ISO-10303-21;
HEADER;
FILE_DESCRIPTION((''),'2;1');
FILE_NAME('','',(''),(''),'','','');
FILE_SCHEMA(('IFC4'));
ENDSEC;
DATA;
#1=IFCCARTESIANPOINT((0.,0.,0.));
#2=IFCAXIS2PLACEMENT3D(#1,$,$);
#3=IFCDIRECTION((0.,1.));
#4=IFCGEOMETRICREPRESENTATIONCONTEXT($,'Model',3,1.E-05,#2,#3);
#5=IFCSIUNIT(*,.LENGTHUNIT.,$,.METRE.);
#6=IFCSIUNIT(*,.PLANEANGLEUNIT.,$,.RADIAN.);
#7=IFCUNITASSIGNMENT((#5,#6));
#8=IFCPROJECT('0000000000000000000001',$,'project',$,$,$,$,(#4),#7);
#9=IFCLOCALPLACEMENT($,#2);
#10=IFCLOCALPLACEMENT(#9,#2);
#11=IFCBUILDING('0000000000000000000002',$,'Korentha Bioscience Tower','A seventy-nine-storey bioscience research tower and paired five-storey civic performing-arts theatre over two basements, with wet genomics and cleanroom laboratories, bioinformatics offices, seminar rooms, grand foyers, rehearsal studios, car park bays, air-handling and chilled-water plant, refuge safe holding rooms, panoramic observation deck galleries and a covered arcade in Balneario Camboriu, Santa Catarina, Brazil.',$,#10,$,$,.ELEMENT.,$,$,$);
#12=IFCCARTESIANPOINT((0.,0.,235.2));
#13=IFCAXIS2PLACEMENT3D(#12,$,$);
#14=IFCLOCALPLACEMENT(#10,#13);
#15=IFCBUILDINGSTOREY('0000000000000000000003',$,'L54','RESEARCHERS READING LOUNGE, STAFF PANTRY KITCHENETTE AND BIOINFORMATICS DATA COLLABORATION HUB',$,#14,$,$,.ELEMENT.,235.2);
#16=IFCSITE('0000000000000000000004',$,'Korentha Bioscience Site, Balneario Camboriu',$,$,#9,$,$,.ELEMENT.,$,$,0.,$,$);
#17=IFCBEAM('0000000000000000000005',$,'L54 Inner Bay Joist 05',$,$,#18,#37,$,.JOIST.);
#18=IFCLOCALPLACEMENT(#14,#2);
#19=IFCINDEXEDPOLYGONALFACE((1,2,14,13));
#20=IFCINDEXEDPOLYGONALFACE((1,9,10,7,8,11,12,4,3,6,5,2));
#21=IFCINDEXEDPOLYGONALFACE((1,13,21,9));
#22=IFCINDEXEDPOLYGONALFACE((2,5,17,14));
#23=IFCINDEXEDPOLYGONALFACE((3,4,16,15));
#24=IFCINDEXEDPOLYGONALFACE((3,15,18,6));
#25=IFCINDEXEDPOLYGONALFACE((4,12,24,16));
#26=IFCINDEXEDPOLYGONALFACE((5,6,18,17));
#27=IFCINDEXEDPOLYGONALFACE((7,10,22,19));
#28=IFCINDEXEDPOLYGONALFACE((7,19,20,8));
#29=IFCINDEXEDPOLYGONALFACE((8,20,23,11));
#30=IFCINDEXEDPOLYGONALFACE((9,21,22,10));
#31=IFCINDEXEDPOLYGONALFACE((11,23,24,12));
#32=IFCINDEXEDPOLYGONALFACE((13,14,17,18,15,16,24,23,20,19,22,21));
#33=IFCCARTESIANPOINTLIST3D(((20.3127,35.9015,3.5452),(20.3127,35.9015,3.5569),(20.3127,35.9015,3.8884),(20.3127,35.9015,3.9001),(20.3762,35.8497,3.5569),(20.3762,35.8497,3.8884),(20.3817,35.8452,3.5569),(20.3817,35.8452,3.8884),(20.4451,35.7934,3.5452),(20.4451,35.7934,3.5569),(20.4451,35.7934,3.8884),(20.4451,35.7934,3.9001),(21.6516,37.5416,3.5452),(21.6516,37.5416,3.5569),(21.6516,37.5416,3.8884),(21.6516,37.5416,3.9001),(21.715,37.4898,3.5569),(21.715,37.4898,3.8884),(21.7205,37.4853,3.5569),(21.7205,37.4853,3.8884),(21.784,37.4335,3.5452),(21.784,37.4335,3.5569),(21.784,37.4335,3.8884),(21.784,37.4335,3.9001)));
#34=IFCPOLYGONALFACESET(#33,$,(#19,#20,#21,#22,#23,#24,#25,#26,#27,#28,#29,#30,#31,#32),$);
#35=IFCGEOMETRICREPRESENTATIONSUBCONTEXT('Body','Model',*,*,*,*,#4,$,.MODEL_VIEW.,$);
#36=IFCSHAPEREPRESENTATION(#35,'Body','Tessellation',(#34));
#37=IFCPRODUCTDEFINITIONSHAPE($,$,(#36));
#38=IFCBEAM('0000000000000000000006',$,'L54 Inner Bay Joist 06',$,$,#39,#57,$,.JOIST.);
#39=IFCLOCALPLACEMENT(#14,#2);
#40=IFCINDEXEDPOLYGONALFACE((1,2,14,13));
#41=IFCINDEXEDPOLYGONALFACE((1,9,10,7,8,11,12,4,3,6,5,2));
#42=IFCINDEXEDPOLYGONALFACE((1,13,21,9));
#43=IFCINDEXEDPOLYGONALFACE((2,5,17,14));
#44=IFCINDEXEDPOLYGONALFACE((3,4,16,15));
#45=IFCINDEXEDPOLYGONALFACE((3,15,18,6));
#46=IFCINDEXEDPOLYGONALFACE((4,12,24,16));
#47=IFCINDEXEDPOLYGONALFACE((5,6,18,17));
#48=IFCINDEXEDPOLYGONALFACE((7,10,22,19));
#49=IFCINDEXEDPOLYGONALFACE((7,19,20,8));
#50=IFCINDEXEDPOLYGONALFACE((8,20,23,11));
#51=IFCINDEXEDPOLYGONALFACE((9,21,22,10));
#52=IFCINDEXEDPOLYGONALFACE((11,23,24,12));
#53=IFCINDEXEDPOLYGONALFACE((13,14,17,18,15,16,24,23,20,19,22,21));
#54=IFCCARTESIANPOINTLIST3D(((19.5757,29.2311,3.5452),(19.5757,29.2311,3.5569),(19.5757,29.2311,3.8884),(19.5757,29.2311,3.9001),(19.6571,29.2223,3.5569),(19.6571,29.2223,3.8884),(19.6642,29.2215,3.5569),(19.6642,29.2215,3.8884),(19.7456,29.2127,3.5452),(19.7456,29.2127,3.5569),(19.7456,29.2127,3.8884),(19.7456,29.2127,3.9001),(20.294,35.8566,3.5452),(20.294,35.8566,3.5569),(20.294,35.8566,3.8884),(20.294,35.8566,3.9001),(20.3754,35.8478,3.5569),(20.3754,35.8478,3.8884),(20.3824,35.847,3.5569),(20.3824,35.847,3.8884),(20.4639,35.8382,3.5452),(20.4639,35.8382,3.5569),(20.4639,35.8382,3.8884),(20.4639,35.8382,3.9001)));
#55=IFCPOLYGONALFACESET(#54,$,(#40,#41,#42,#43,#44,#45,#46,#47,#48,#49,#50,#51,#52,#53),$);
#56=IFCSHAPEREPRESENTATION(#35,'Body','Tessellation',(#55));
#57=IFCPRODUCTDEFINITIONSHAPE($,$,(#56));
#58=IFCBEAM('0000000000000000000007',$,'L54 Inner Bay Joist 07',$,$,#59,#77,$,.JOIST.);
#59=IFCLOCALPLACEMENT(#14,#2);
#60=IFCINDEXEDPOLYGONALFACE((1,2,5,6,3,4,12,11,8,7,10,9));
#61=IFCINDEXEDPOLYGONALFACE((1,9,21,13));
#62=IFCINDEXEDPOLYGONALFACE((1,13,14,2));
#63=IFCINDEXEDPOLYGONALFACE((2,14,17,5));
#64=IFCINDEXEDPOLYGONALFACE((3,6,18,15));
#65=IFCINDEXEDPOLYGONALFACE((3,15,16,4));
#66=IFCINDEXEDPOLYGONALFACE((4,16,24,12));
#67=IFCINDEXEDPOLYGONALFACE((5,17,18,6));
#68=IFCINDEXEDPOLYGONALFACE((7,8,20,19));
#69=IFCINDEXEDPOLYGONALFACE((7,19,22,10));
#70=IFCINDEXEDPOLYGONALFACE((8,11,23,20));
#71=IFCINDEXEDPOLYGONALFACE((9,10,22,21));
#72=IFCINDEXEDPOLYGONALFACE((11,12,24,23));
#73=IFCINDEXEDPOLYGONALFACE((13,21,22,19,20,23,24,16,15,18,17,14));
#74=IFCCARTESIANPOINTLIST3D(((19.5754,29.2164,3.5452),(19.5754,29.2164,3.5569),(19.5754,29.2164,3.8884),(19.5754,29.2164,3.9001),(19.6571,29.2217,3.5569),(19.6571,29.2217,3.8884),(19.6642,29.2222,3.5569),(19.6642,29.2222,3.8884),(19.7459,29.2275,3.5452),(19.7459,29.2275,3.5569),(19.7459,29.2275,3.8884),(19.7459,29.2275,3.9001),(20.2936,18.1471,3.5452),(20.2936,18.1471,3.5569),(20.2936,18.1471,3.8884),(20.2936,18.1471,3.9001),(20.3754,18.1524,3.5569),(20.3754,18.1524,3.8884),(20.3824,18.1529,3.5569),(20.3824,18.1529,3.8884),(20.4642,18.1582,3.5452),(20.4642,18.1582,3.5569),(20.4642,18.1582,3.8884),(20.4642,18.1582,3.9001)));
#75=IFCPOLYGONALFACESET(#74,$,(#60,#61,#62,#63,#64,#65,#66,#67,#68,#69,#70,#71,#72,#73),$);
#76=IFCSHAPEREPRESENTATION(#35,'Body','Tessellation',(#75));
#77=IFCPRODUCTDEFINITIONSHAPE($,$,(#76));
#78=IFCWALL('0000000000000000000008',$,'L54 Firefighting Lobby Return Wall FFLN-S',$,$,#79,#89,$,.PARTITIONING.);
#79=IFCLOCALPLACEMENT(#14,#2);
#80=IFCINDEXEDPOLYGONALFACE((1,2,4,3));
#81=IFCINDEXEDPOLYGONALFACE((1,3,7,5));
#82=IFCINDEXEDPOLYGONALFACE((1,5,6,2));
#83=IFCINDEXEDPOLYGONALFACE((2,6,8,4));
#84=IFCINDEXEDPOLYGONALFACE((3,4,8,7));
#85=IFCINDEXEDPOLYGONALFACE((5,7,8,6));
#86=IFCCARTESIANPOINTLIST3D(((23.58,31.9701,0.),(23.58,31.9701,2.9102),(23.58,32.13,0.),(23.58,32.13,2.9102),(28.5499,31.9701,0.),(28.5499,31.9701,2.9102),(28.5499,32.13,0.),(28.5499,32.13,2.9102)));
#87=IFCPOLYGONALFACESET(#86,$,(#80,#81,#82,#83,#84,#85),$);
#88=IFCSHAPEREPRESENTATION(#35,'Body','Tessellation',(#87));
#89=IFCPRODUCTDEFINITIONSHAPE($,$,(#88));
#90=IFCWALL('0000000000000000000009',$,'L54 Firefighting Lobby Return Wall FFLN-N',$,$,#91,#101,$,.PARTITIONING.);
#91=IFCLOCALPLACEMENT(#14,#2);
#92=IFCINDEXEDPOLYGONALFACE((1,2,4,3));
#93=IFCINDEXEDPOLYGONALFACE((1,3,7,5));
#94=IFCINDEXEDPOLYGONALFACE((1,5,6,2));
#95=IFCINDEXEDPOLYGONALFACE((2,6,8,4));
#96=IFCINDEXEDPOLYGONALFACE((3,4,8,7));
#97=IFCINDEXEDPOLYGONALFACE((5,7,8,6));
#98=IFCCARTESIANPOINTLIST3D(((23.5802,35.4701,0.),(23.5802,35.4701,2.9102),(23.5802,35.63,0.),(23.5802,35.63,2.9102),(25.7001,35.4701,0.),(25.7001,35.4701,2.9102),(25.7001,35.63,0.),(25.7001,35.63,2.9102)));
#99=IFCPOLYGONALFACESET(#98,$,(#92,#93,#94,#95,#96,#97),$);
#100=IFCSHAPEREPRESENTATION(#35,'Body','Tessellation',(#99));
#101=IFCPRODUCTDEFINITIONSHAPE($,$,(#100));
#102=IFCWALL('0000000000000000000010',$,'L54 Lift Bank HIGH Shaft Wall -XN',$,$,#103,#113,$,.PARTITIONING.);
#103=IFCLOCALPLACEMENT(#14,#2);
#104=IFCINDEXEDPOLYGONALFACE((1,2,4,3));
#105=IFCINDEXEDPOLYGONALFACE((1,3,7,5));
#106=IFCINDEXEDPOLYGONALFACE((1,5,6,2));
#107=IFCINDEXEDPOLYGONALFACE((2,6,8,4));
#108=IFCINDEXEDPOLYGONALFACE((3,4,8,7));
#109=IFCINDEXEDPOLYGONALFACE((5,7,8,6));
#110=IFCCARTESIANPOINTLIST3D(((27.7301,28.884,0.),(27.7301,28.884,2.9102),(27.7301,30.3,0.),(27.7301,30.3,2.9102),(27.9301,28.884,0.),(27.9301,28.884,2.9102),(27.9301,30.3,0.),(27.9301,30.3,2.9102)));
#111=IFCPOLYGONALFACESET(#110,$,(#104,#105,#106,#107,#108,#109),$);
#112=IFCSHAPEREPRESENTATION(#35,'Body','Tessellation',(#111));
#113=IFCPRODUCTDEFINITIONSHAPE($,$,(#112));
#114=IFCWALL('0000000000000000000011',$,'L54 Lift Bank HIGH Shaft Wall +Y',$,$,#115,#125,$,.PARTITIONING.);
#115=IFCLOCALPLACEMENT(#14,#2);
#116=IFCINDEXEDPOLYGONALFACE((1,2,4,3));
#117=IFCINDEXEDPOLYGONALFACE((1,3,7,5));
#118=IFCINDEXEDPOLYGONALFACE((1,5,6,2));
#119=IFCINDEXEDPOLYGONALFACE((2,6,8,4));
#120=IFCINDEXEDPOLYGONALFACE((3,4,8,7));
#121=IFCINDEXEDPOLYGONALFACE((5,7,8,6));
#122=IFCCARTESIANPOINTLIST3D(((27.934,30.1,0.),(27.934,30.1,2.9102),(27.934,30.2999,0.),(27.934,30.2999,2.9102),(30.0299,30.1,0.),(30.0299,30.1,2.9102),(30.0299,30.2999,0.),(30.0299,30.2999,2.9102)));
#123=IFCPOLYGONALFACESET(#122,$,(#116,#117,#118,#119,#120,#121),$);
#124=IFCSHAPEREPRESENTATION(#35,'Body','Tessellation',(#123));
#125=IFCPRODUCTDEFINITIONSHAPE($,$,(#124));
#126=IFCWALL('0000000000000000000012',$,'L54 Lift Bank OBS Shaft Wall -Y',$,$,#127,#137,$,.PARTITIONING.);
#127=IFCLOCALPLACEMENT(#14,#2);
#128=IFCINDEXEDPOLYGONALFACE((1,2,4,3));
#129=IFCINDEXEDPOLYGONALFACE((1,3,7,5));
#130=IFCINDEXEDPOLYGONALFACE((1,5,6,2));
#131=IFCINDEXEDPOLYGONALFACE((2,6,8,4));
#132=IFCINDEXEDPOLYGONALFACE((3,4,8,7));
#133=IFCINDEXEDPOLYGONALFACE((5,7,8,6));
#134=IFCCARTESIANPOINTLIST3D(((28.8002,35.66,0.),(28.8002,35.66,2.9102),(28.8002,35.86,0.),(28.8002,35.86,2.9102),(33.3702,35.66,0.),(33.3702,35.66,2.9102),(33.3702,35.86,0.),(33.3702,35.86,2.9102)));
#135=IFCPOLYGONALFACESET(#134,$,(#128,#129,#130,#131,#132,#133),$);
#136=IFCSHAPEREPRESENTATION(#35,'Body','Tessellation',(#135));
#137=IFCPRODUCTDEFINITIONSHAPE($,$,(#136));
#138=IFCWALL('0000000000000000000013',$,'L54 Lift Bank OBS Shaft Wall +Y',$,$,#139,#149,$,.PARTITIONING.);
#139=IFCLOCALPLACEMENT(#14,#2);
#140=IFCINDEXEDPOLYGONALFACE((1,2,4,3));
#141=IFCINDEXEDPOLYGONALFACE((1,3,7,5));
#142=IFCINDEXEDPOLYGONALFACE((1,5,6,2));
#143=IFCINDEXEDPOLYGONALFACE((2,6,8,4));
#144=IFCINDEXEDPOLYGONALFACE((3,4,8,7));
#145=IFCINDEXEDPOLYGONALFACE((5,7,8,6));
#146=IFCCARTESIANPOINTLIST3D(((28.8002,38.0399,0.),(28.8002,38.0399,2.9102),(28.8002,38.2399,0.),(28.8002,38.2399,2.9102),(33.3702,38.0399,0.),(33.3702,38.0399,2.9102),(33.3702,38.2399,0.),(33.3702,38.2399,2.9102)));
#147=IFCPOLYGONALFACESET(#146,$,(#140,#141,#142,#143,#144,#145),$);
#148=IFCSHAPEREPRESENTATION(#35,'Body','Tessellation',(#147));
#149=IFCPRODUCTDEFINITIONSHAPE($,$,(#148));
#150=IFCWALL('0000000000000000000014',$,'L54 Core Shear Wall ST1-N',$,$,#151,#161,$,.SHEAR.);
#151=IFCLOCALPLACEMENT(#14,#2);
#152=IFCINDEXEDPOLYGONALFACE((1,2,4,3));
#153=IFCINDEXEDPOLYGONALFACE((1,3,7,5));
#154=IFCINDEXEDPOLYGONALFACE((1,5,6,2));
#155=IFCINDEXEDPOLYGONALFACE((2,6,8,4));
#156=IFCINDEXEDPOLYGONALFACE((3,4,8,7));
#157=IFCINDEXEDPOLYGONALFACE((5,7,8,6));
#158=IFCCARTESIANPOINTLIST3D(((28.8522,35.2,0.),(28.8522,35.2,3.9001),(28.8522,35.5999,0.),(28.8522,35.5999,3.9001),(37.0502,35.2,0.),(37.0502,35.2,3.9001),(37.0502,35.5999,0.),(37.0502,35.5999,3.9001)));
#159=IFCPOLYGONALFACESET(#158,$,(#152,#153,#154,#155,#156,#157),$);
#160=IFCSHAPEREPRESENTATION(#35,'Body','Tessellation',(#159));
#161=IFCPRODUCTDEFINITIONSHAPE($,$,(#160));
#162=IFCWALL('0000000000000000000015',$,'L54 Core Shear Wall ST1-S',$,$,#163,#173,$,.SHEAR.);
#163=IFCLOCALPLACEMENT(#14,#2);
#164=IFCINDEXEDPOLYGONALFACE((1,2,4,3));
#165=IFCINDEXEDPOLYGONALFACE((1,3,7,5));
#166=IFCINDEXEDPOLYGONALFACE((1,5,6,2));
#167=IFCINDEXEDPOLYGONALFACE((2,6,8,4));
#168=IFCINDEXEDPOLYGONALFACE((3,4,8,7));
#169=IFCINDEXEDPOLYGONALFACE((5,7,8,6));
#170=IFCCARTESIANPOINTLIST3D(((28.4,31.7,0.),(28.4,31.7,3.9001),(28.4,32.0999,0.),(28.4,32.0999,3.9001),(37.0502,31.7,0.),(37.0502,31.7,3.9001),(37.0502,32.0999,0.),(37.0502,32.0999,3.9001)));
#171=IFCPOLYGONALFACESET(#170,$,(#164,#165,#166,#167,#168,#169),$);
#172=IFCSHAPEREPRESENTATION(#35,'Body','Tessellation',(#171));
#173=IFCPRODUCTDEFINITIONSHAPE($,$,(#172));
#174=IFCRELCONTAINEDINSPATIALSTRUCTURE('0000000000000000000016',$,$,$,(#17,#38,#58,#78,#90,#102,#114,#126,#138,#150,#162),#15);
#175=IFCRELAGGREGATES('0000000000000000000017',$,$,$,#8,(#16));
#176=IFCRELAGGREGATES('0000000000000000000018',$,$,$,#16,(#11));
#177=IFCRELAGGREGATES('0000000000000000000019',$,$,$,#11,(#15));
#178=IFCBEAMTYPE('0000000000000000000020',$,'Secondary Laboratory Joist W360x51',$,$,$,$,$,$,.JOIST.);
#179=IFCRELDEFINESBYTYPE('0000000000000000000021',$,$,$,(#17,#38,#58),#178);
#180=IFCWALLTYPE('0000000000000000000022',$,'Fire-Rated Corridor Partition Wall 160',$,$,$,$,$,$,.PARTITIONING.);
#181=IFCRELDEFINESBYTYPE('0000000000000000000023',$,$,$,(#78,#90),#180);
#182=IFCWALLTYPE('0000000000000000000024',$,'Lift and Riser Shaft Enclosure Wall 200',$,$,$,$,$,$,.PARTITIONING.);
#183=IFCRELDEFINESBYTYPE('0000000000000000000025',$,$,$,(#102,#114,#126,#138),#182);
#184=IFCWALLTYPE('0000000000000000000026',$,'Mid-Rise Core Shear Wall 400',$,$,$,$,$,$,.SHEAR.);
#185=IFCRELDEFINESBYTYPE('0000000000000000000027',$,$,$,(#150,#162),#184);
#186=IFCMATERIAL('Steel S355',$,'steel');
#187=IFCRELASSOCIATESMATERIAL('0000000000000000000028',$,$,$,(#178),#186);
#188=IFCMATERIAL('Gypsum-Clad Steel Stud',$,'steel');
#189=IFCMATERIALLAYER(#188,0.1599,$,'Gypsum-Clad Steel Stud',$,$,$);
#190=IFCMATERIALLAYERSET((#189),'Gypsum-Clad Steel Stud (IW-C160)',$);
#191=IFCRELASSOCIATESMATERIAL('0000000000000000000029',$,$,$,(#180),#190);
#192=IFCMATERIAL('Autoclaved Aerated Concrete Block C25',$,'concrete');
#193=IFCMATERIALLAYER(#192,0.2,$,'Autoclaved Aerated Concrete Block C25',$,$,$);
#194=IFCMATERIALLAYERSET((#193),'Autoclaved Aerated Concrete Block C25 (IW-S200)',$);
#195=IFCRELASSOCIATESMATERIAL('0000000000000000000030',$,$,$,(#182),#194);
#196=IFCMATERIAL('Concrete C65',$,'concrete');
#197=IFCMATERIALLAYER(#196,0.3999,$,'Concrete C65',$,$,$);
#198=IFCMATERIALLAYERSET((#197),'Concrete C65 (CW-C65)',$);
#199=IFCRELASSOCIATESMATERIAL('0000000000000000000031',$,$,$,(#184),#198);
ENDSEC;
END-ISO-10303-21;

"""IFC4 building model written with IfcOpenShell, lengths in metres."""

from ifc_helpers import new_model, si_unit, direction, frame, frame_2d, origin, origin_2d, place, context, subcontext, project, spatial, rectangle, i_section, extrude, material, layer, layer_set, material_profile, profile_set, type_object, element, save


model = new_model("IFC4")

# Units and contexts
model_context = context("Model", 3, precision=1e-05, world=origin(), true_north=direction((0.0, 1.0)))
body_context = subcontext(model_context, "Body", "Model", "MODEL_VIEW")
ifc_project = project(units=[si_unit("LENGTHUNIT", "METRE"), si_unit("PLANEANGLEUNIT", "RADIAN")], contexts=[model_context])

# Site, building, storey
site_placement = place(None, origin())
site = spatial("IfcSite", under=ifc_project, at=site_placement, Name="Korentha Bioscience Site, Balneario Camboriu", CompositionType="ELEMENT", RefElevation=0.0)
building_placement = place(site_placement, origin())
building = spatial("IfcBuilding", under=site, at=building_placement, Name="Korentha Bioscience Tower", Description="A seventy-nine-storey bioscience research tower and paired five-storey civic performing-arts theatre over two basements, with wet genomics and cleanroom laboratories, bioinformatics offices, seminar rooms, grand foyers, rehearsal studios, car park bays, air-handling and chilled-water plant, refuge safe holding rooms, panoramic observation deck galleries and a covered arcade in Balneario Camboriu, Santa Catarina, Brazil.", CompositionType="ELEMENT")
storey_placement = place(building_placement, frame((0.0, 0.0, 235.2)))
storey = spatial("IfcBuildingStorey", under=building, at=storey_placement, Name="L54", Description="RESEARCHERS READING LOUNGE, STAFF PANTRY KITCHENETTE AND BIOINFORMATICS DATA COLLABORATION HUB", CompositionType="ELEMENT", Elevation=235.2)

# Shared definitions
ifc_material_1 = material(Name="Concrete C65", Category="concrete")

# Beams
ifc_material_2 = material(Name="Steel S355", Category="steel")
ifc_material_profile_1 = material_profile(ifc_material_2, i_section(OverallWidth=0.1709, OverallDepth=0.355, WebThickness=0.0071, FlangeThickness=0.0117, at=origin_2d()), Name="Steel S355")
ifc_profile_set_1 = profile_set([ifc_material_profile_1], Name="Steel S355 (JB-360)")
beam_type_1 = type_object("IfcBeamType", Name="Secondary Laboratory Joist W360x51", PredefinedType="JOIST", material=ifc_profile_set_1)
beam_1_placement = place(storey_placement, frame((21.7178, 37.4875, 3.7227), z_axis=(-0.632371, -0.774666, 0.0), x_axis=(0.774666, -0.632371, 0.0)))
element("IfcBeam", 1, at=beam_1_placement, inside=storey, type_object=beam_type_1, Name="L54 Inner Bay Joist 05", PredefinedType="JOIST", context=body_context, shape_type="SweptSolid", body=[
    extrude(i_section(OverallWidth=0.1709, OverallDepth=0.355, WebThickness=0.0071, FlangeThickness=0.0117, at=origin_2d()), origin(), (0.0, 0.0, 1.0), 2.1172),
])
beam_2_placement = place(storey_placement, frame((20.3789, 35.8474, 3.7227), z_axis=(-0.107777, -0.994175, 0.0), x_axis=(0.994175, -0.107777, 0.0)))
element("IfcBeam", 2, at=beam_2_placement, inside=storey, type_object=beam_type_1, Name="L54 Inner Bay Joist 06", PredefinedType="JOIST", context=body_context, shape_type="SweptSolid", body=[
    extrude(i_section(OverallWidth=0.1709, OverallDepth=0.355, WebThickness=0.0071, FlangeThickness=0.0117, at=origin_2d()), origin(), (0.0, 0.0, 1.0), 6.6643),
])
beam_3_placement = place(storey_placement, frame((19.6606, 29.2219, 3.7227), z_axis=(0.064751, -0.997901, 0.0), x_axis=(0.997901, 0.064751, 0.0)))
element("IfcBeam", 3, at=beam_3_placement, inside=storey, type_object=beam_type_1, Name="L54 Inner Bay Joist 07", PredefinedType="JOIST", context=body_context, shape_type="SweptSolid", body=[
    extrude(i_section(OverallWidth=0.1709, OverallDepth=0.355, WebThickness=0.0071, FlangeThickness=0.0117, at=origin_2d()), origin(), (0.0, 0.0, 1.0), 11.0925),
])

# Shared definitions
ifc_material_3 = material(Name="Gypsum-Clad Steel Stud", Category="steel")
ifc_layer_1 = layer(ifc_material_3, 0.1599, Name="Gypsum-Clad Steel Stud")
ifc_layer_set_1 = layer_set([ifc_layer_1], Name="Gypsum-Clad Steel Stud (IW-C160)")
wall_type_1 = type_object("IfcWallType", Name="Fire-Rated Corridor Partition Wall 160", PredefinedType="PARTITIONING", material=ifc_layer_set_1)

# Walls
wall_1_placement = place(storey_placement, frame((23.5801, 32.05, 0.0), z_axis=(0.0, 0.0, 1.0), x_axis=(1.0, 0.0, 0.0)))
element("IfcWall", 4, at=wall_1_placement, inside=storey, type_object=wall_type_1, Name="L54 Firefighting Lobby Return Wall FFLN-S", PredefinedType="PARTITIONING", context=body_context, shape_type="SweptSolid", body=[
    extrude(rectangle(XDim=4.97, YDim=0.1599, at=frame_2d((2.4849, 0.0))), origin(), (0.0, 0.0, 1.0), 2.9102),
])
wall_2_placement = place(storey_placement, frame((23.5801, 35.55, 0.0), z_axis=(0.0, 0.0, 1.0), x_axis=(1.0, 0.0, 0.0)))
element("IfcWall", 5, at=wall_2_placement, inside=storey, type_object=wall_type_1, Name="L54 Firefighting Lobby Return Wall FFLN-N", PredefinedType="PARTITIONING", context=body_context, shape_type="SweptSolid", body=[
    extrude(rectangle(XDim=2.1199, YDim=0.1599, at=frame_2d((1.0601, 0.0))), origin(), (0.0, 0.0, 1.0), 2.9102),
])
ifc_material_4 = material(Name="Autoclaved Aerated Concrete Block C25", Category="concrete")
ifc_layer_2 = layer(ifc_material_4, 0.2, Name="Autoclaved Aerated Concrete Block C25")
ifc_layer_set_2 = layer_set([ifc_layer_2], Name="Autoclaved Aerated Concrete Block C25 (IW-S200)")
wall_type_2 = type_object("IfcWallType", Name="Lift and Riser Shaft Enclosure Wall 200", PredefinedType="PARTITIONING", material=ifc_layer_set_2)
wall_3_placement = place(storey_placement, frame((27.8301, 28.884, 0.0), z_axis=(0.0, 0.0, 1.0), x_axis=(0.0, 1.0, 0.0)))
element("IfcWall", 6, at=wall_3_placement, inside=storey, type_object=wall_type_2, Name="L54 Lift Bank HIGH Shaft Wall -XN", PredefinedType="PARTITIONING", context=body_context, shape_type="SweptSolid", body=[
    extrude(rectangle(XDim=1.416, YDim=0.2, at=frame_2d((0.708, 0.0))), origin(), (0.0, 0.0, 1.0), 2.9102),
])
wall_4_placement = place(storey_placement, frame((27.9341, 30.2, 0.0), z_axis=(0.0, 0.0, 1.0), x_axis=(1.0, 0.0, 0.0)))
element("IfcWall", 7, at=wall_4_placement, inside=storey, type_object=wall_type_2, Name="L54 Lift Bank HIGH Shaft Wall +Y", PredefinedType="PARTITIONING", context=body_context, shape_type="SweptSolid", body=[
    extrude(rectangle(XDim=2.0959, YDim=0.2, at=frame_2d((1.0479, 0.0))), origin(), (0.0, 0.0, 1.0), 2.9102),
])
for number, where, z_axis, x_axis, name in (
    (8, (28.8, 35.76, 0.0), (0.0, 0.0, 1.0), (1.0, 0.0, 0.0), "L54 Lift Bank OBS Shaft Wall -Y"),
    (9, (28.8, 38.1399, 0.0), (0.0, 0.0, 1.0), (1.0, 0.0, 0.0), "L54 Lift Bank OBS Shaft Wall +Y"),
):
    element("IfcWall", number, at=place(storey_placement, frame(where, z_axis=z_axis, x_axis=x_axis)), inside=storey, type_object=wall_type_2, Name=name, PredefinedType="PARTITIONING", context=body_context, shape_type="SweptSolid", body=[
        extrude(rectangle(XDim=4.5701, YDim=0.2, at=frame_2d((2.2852, 0.0))), origin(), (0.0, 0.0, 1.0), 2.9102),
    ])
ifc_layer_3 = layer(ifc_material_1, 0.3999, Name="Concrete C65")
ifc_layer_set_3 = layer_set([ifc_layer_3], Name="Concrete C65 (CW-C65)")
wall_type_3 = type_object("IfcWallType", Name="Mid-Rise Core Shear Wall 400", PredefinedType="SHEAR", material=ifc_layer_set_3)
wall_5_placement = place(storey_placement, frame((28.8521, 35.3999, 0.0), z_axis=(0.0, 0.0, 1.0), x_axis=(1.0, 0.0, 0.0)))
element("IfcWall", 10, at=wall_5_placement, inside=storey, type_object=wall_type_3, Name="L54 Core Shear Wall ST1-N", PredefinedType="SHEAR", context=body_context, shape_type="SweptSolid", body=[
    extrude(rectangle(XDim=8.198, YDim=0.3999, at=frame_2d((4.0991, 0.0))), origin(), (0.0, 0.0, 1.0), 3.9001),
])
wall_6_placement = place(storey_placement, frame((28.3999, 31.8999, 0.0), z_axis=(0.0, 0.0, 1.0), x_axis=(1.0, 0.0, 0.0)))
element("IfcWall", 11, at=wall_6_placement, inside=storey, type_object=wall_type_3, Name="L54 Core Shear Wall ST1-S", PredefinedType="SHEAR", context=body_context, shape_type="SweptSolid", body=[
    extrude(rectangle(XDim=8.6501, YDim=0.3999, at=frame_2d((4.3252, 0.0))), origin(), (0.0, 0.0, 1.0), 3.9001),
])

save(model, "model.ifc")
